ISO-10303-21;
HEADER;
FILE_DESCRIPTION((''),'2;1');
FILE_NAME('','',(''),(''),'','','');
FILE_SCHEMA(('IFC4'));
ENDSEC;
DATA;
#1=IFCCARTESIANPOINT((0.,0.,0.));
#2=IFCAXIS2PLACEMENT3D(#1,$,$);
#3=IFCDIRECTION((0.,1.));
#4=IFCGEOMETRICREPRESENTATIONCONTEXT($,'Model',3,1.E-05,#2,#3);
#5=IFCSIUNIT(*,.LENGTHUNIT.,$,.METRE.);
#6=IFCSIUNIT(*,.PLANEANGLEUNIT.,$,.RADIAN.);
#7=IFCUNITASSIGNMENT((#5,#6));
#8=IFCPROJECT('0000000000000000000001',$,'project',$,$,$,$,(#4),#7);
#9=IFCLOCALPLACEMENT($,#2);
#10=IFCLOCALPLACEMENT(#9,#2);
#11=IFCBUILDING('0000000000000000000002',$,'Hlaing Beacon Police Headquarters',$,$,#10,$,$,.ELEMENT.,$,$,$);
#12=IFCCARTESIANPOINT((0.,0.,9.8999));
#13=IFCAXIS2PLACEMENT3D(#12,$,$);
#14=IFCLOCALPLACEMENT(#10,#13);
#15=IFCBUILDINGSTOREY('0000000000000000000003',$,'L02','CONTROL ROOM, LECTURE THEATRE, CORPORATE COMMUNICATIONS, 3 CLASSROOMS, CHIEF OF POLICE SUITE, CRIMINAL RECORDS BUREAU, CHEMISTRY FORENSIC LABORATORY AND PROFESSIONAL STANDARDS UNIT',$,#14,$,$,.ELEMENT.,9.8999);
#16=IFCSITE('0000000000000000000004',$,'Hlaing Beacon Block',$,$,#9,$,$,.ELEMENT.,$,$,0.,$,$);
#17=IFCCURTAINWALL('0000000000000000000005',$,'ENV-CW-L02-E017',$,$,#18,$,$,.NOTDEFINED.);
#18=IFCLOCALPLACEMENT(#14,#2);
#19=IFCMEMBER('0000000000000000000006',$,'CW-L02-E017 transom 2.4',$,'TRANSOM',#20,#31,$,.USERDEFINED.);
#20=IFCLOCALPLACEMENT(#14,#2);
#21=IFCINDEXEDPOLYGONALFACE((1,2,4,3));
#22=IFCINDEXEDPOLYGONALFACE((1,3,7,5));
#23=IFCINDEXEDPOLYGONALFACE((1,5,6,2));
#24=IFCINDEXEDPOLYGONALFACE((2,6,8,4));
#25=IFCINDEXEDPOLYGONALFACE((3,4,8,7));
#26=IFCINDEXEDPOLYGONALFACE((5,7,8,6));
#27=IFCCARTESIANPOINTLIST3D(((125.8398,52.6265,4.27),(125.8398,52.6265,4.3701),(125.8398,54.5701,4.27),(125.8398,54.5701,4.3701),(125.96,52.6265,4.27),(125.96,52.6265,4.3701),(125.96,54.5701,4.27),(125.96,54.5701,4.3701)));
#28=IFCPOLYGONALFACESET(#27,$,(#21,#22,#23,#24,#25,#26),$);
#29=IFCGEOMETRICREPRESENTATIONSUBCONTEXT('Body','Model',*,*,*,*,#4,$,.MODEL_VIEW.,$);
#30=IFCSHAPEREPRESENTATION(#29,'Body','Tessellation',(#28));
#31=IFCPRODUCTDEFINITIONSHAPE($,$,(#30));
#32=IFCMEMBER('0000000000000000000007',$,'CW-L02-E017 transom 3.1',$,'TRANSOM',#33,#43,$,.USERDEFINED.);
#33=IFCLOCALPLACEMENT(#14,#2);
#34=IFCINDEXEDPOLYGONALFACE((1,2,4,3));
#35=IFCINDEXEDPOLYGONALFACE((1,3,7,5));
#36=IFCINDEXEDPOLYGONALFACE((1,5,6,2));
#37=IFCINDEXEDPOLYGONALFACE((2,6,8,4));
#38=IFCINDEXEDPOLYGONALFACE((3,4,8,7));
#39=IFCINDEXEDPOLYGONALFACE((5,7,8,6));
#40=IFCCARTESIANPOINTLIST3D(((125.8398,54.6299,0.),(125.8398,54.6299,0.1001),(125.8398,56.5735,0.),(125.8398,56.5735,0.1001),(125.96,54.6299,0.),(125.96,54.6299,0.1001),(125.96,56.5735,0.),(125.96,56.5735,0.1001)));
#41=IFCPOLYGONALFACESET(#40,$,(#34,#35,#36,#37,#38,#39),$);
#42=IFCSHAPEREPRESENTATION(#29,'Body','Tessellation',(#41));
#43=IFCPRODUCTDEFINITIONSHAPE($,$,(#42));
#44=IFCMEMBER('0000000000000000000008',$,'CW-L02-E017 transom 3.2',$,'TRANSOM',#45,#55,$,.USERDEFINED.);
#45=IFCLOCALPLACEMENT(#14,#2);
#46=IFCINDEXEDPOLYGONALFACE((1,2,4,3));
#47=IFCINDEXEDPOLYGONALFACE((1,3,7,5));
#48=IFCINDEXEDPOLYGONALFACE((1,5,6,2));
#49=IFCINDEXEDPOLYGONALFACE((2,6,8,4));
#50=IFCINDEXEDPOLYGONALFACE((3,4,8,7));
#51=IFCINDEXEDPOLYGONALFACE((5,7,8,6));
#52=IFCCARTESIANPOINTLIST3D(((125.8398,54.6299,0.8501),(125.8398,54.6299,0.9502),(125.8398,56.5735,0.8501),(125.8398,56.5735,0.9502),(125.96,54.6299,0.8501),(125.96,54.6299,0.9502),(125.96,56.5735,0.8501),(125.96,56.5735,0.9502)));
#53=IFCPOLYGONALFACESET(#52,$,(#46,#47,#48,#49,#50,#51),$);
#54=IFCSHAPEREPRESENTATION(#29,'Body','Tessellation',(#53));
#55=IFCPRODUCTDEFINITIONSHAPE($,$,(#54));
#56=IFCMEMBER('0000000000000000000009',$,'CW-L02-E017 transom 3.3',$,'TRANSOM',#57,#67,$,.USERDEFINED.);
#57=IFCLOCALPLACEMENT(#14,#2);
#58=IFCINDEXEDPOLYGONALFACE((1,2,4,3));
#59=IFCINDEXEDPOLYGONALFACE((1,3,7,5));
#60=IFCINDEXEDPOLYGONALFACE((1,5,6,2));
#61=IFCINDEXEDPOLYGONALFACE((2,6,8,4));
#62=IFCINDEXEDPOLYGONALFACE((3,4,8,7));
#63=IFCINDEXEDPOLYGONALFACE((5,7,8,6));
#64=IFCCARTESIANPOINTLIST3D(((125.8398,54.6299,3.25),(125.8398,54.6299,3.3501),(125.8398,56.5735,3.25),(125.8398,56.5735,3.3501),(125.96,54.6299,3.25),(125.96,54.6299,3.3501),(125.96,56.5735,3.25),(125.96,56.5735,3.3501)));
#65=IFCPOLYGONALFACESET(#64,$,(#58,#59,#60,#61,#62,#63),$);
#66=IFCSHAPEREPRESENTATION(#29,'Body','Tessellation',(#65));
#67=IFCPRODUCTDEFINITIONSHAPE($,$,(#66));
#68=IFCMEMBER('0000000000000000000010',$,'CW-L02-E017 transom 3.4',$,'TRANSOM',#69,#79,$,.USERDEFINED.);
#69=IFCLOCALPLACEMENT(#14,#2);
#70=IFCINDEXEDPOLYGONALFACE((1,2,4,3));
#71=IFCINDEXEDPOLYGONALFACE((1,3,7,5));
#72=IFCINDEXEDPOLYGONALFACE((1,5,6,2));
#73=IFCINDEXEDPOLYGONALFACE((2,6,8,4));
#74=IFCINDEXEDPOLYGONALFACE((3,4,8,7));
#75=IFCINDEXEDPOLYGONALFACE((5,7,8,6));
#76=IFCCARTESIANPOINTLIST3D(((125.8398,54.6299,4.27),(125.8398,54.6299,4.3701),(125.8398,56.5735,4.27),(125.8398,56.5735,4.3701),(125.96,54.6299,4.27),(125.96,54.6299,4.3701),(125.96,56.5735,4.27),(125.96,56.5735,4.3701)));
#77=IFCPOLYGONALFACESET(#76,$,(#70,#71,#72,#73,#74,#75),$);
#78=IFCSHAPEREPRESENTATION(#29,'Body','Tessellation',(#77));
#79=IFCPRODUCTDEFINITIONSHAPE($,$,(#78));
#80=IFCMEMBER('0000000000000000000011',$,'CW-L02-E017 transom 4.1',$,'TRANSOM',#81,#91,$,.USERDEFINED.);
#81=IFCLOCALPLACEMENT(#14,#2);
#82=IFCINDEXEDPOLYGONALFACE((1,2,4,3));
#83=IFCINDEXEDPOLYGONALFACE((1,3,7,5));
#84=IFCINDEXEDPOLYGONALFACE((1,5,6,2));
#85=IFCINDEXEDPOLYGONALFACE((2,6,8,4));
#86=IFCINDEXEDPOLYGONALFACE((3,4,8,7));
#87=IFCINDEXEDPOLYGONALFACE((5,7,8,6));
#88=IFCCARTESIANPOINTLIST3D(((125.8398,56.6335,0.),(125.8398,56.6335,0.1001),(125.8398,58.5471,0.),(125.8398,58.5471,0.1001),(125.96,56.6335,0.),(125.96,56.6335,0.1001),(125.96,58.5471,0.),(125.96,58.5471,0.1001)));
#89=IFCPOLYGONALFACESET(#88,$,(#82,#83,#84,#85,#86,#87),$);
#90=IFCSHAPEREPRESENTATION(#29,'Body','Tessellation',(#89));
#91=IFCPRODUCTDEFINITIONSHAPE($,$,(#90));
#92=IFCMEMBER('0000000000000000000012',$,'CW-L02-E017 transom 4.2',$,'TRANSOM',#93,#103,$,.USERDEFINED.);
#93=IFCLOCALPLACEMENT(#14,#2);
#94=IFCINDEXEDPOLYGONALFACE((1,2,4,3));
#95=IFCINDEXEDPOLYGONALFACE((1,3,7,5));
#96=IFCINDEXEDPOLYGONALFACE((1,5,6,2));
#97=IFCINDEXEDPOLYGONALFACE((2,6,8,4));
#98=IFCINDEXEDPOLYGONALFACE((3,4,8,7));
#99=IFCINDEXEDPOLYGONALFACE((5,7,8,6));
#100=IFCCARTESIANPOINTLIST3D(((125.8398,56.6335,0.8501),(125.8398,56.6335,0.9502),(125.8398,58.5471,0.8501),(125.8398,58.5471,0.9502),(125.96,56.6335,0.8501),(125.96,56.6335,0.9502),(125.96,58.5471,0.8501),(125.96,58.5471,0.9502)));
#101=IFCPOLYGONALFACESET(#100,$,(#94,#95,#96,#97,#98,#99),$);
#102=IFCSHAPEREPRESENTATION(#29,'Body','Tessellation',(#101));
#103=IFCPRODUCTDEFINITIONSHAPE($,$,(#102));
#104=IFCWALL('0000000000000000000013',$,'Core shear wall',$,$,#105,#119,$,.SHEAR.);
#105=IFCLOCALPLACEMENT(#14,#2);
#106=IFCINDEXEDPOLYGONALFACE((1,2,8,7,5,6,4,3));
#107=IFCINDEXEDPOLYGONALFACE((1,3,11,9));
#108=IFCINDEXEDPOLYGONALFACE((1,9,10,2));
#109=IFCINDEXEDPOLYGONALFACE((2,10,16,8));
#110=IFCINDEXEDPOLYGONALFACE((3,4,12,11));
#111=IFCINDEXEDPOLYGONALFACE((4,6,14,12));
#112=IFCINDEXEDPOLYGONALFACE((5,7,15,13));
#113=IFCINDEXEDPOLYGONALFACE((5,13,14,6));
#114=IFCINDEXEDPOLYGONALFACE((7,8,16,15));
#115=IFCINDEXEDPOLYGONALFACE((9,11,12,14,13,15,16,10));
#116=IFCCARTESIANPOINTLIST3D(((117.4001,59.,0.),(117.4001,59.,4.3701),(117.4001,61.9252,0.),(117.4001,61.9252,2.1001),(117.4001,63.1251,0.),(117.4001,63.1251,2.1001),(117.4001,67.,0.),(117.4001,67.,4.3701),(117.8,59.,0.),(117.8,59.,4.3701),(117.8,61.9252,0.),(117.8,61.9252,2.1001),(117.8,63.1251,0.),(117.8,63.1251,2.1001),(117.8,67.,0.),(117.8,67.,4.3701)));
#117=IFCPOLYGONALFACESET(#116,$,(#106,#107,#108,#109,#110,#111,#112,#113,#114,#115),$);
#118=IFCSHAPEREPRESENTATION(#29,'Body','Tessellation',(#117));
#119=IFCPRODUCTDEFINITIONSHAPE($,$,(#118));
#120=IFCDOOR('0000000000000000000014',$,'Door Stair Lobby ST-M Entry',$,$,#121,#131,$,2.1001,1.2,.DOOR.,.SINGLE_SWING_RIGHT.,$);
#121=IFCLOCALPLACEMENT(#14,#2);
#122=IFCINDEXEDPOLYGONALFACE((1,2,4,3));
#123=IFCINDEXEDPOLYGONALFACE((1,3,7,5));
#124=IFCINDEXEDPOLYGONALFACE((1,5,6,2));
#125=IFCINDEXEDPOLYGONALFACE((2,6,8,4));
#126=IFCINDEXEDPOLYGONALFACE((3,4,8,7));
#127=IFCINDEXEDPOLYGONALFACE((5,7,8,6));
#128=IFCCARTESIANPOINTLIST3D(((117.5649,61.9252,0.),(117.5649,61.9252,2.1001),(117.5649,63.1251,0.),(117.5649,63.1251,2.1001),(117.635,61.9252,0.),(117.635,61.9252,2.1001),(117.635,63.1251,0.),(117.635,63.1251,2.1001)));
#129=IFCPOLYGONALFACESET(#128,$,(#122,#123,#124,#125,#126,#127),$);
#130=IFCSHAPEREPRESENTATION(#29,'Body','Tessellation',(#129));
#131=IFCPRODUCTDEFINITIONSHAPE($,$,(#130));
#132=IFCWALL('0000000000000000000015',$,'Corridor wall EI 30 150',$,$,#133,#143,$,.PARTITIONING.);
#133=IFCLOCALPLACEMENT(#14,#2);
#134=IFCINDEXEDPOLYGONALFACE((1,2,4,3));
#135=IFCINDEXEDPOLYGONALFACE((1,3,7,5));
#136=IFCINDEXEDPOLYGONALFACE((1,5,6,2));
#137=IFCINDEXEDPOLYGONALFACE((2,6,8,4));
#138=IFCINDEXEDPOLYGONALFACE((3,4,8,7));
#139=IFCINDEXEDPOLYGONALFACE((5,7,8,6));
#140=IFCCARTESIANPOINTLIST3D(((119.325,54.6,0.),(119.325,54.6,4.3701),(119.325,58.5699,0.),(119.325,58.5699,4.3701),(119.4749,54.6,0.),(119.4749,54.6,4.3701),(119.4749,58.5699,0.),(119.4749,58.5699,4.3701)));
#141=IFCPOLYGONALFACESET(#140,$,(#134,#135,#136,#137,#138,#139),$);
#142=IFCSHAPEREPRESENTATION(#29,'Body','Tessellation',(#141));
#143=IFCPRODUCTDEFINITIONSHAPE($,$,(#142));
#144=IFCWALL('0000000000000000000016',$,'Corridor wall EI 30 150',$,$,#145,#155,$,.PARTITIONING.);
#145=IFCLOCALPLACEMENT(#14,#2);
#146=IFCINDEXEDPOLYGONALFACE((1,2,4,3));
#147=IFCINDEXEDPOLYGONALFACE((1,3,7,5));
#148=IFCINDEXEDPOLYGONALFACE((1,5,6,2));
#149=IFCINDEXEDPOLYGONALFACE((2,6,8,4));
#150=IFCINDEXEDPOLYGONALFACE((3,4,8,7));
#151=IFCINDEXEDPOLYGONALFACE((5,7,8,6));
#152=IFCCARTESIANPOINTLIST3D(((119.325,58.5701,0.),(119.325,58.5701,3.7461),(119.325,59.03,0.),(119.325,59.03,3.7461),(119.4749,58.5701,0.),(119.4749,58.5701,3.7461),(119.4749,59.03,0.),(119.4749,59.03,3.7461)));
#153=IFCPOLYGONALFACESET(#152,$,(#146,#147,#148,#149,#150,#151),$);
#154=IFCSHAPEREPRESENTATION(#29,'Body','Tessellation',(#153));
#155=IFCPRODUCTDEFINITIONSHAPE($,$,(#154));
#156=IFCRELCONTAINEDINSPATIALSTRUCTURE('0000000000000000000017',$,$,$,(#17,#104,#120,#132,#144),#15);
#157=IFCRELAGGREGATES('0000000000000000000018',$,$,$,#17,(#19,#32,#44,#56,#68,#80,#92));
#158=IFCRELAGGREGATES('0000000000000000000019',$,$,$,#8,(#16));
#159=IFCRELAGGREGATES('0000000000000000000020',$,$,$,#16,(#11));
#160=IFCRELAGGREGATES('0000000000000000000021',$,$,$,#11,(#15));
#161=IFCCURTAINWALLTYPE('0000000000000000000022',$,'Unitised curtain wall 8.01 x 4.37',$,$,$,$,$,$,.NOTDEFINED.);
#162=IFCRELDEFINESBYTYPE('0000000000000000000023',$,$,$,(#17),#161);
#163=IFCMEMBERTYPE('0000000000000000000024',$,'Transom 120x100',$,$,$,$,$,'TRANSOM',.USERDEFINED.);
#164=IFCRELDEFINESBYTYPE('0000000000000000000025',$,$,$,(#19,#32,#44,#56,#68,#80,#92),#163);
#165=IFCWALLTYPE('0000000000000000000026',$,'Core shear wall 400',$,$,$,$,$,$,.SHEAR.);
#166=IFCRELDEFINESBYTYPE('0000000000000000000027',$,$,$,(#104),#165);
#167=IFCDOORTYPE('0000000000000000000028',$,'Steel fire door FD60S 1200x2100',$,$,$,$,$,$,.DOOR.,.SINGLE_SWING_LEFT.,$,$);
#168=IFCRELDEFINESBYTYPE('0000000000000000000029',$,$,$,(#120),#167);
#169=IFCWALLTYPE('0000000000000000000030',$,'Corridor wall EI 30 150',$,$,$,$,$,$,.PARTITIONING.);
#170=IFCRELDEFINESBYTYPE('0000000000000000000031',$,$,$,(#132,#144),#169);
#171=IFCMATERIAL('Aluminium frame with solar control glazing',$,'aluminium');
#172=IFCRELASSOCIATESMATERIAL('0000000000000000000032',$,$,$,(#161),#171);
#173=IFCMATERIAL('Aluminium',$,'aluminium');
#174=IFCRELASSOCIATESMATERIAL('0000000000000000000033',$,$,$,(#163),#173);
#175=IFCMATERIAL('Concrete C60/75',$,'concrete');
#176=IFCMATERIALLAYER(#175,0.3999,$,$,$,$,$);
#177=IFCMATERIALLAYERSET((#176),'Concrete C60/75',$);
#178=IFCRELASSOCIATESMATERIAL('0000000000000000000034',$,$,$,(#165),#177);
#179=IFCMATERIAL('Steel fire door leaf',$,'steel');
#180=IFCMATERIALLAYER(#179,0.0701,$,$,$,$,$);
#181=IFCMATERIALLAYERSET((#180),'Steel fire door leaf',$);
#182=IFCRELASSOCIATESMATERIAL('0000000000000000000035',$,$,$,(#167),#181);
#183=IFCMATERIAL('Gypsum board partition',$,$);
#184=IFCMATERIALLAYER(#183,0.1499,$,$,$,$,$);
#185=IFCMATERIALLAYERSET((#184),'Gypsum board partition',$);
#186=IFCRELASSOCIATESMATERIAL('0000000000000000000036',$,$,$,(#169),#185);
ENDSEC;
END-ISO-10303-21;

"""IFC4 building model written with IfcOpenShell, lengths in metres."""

from ifc_helpers import new_model, si_unit, direction, frame, frame_2d, origin, origin_2d, place, context, subcontext, project, spatial, rectangle, extrude, material, layer, layer_set, material_profile, profile_set, type_object, element, fill, aggregate, save


model = new_model("IFC4")

# Units and contexts
model_context = context("Model", 3, precision=1e-05, world=origin(), true_north=direction((0.0, 1.0)))
body_context = subcontext(model_context, "Body", "Model", "MODEL_VIEW")
ifc_project = project(units=[si_unit("LENGTHUNIT", "METRE"), si_unit("PLANEANGLEUNIT", "RADIAN")], contexts=[model_context])

# Site, building, storey
site_placement = place(None, origin())
site = spatial("IfcSite", under=ifc_project, at=site_placement, Name="Hlaing Beacon Block", CompositionType="ELEMENT", RefElevation=0.0)
building_placement = place(site_placement, origin())
building = spatial("IfcBuilding", under=site, at=building_placement, Name="Hlaing Beacon Police Headquarters", CompositionType="ELEMENT")
storey_placement = place(building_placement, frame((0.0, 0.0, 9.8999)))
storey = spatial("IfcBuildingStorey", under=building, at=storey_placement, Name="L02", Description="CONTROL ROOM, LECTURE THEATRE, CORPORATE COMMUNICATIONS, 3 CLASSROOMS, CHIEF OF POLICE SUITE, CRIMINAL RECORDS BUREAU, CHEMISTRY FORENSIC LABORATORY AND PROFESSIONAL STANDARDS UNIT", CompositionType="ELEMENT", Elevation=9.8999)

# Curtain wall
ifc_material_1 = material(Name="Aluminium frame with solar control glazing", Category="aluminium")
curtain_wall_type = type_object("IfcCurtainWallType", Name="Unitised curtain wall 8.01 x 4.37", PredefinedType="NOTDEFINED", material=ifc_material_1)
curtain_wall_placement = place(storey_placement, origin())
curtain_wall = element("IfcCurtainWall", 1, at=curtain_wall_placement, inside=storey, type_object=curtain_wall_type, Name="ENV-CW-L02-E017", PredefinedType="NOTDEFINED")

# Members
ifc_material_2 = material(Name="Aluminium", Category="aluminium")
ifc_material_profile_1 = material_profile(ifc_material_2, rectangle(XDim=0.1201, YDim=0.1001, at=origin_2d()), Name="Transom 120x100")
ifc_profile_set_1 = profile_set([ifc_material_profile_1], Name="Aluminium")
member_type_1 = type_object("IfcMemberType", Name="Transom 120x100", ElementType="TRANSOM", PredefinedType="USERDEFINED", material=ifc_profile_set_1)
member_1_placement = place(storey_placement, frame((125.8999, 52.6265, 4.3201), z_axis=(0.0, 1.0, 0.0), x_axis=(-1.0, 0.0, 0.0)))
member_1 = element("IfcMember", 2, at=member_1_placement, type_object=member_type_1, Name="CW-L02-E017 transom 2.4", ObjectType="TRANSOM", PredefinedType="USERDEFINED", context=body_context, shape_type="SweptSolid", body=[
    extrude(rectangle(XDim=0.1201, YDim=0.1001, at=origin_2d()), origin(), (0.0, 0.0, 1.0), 1.9436),
])
member_2_placement = place(storey_placement, frame((125.8999, 54.6299, 0.05), z_axis=(0.0, 1.0, 0.0), x_axis=(-1.0, 0.0, 0.0)))
member_2 = element("IfcMember", 3, at=member_2_placement, type_object=member_type_1, Name="CW-L02-E017 transom 3.1", ObjectType="TRANSOM", PredefinedType="USERDEFINED", context=body_context, shape_type="SweptSolid", body=[
    extrude(rectangle(XDim=0.1201, YDim=0.1001, at=origin_2d()), origin(), (0.0, 0.0, 1.0), 1.9436),
])
member_3_placement = place(storey_placement, frame((125.8999, 54.6299, 0.9001), z_axis=(0.0, 1.0, 0.0), x_axis=(-1.0, 0.0, 0.0)))
member_3 = element("IfcMember", 4, at=member_3_placement, type_object=member_type_1, Name="CW-L02-E017 transom 3.2", ObjectType="TRANSOM", PredefinedType="USERDEFINED", context=body_context, shape_type="SweptSolid", body=[
    extrude(rectangle(XDim=0.1201, YDim=0.1001, at=origin_2d()), origin(), (0.0, 0.0, 1.0), 1.9436),
])
member_4_placement = place(storey_placement, frame((125.8999, 54.6299, 3.3), z_axis=(0.0, 1.0, 0.0), x_axis=(-1.0, 0.0, 0.0)))
member_4 = element("IfcMember", 5, at=member_4_placement, type_object=member_type_1, Name="CW-L02-E017 transom 3.3", ObjectType="TRANSOM", PredefinedType="USERDEFINED", context=body_context, shape_type="SweptSolid", body=[
    extrude(rectangle(XDim=0.1201, YDim=0.1001, at=origin_2d()), origin(), (0.0, 0.0, 1.0), 1.9436),
])
member_5_placement = place(storey_placement, frame((125.8999, 54.6299, 4.3201), z_axis=(0.0, 1.0, 0.0), x_axis=(-1.0, 0.0, 0.0)))
member_5 = element("IfcMember", 6, at=member_5_placement, type_object=member_type_1, Name="CW-L02-E017 transom 3.4", ObjectType="TRANSOM", PredefinedType="USERDEFINED", context=body_context, shape_type="SweptSolid", body=[
    extrude(rectangle(XDim=0.1201, YDim=0.1001, at=origin_2d()), origin(), (0.0, 0.0, 1.0), 1.9436),
])
member_6_placement = place(storey_placement, frame((125.8999, 56.6335, 0.05), z_axis=(0.0, 1.0, 0.0), x_axis=(-1.0, 0.0, 0.0)))
member_6 = element("IfcMember", 7, at=member_6_placement, type_object=member_type_1, Name="CW-L02-E017 transom 4.1", ObjectType="TRANSOM", PredefinedType="USERDEFINED", context=body_context, shape_type="SweptSolid", body=[
    extrude(rectangle(XDim=0.1201, YDim=0.1001, at=origin_2d()), origin(), (0.0, 0.0, 1.0), 1.9136),
])
member_7_placement = place(storey_placement, frame((125.8999, 56.6335, 0.9001), z_axis=(0.0, 1.0, 0.0), x_axis=(-1.0, 0.0, 0.0)))
member_7 = element("IfcMember", 8, at=member_7_placement, type_object=member_type_1, Name="CW-L02-E017 transom 4.2", ObjectType="TRANSOM", PredefinedType="USERDEFINED", context=body_context, shape_type="SweptSolid", body=[
    extrude(rectangle(XDim=0.1201, YDim=0.1001, at=origin_2d()), origin(), (0.0, 0.0, 1.0), 1.9136),
])
aggregate(curtain_wall, [member_1, member_2, member_3, member_4, member_5, member_6, member_7])

# Wall, opening, door
ifc_material_3 = material(Name="Concrete C60/75", Category="concrete")
ifc_layer_1 = layer(ifc_material_3, 0.3999)
ifc_layer_set_1 = layer_set([ifc_layer_1], Name="Concrete C60/75")
wall_type_1 = type_object("IfcWallType", Name="Core shear wall 400", PredefinedType="SHEAR", material=ifc_layer_set_1)
wall_1_placement = place(storey_placement, frame((117.6001, 59.0, 0.0), z_axis=(0.0, 0.0, 1.0), x_axis=(0.0, 1.0, 0.0)))
wall_1 = element("IfcWall", 9, at=wall_1_placement, inside=storey, type_object=wall_type_1, Name="Core shear wall", PredefinedType="SHEAR", context=body_context, shape_type="SweptSolid", body=[
    extrude(rectangle(XDim=8.0, YDim=0.3999, at=frame_2d((4.0, 0.0))), origin(), (0.0, 0.0, 1.0), 4.3701),
])
opening_1_placement = place(wall_1_placement, frame((2.925, 0.0, 0.0)))
opening_1 = element("IfcOpeningElement", 10, at=opening_1_placement, cuts=wall_1, PredefinedType="OPENING", context=body_context, shape_type="SweptSolid", body=[
    extrude(rectangle(XDim=1.2, YDim=2.1001, at=frame_2d((0.6001, 1.05))), frame((0.0, 0.21, 0.0), z_axis=(0.0, -1.0, 0.0), x_axis=(1.0, 0.0, 0.0)), (0.0, 0.0, 1.0), 0.4199),
])
ifc_material_4 = material(Name="Steel fire door leaf", Category="steel")
ifc_layer_2 = layer(ifc_material_4, 0.0701)
ifc_layer_set_2 = layer_set([ifc_layer_2], Name="Steel fire door leaf")
door_type_1 = type_object("IfcDoorType", Name="Steel fire door FD60S 1200x2100", OperationType="SINGLE_SWING_LEFT", PredefinedType="DOOR", material=ifc_layer_set_2)
door_1_placement = place(opening_1_placement, origin())
door_1 = element("IfcDoor", 11, at=door_1_placement, inside=storey, type_object=door_type_1, Name="Door Stair Lobby ST-M Entry", OperationType="SINGLE_SWING_RIGHT", OverallHeight=2.1001, OverallWidth=1.2, PredefinedType="DOOR", context=body_context, shape_type="SweptSolid", body=[
    extrude(rectangle(XDim=1.2, YDim=2.1001, at=frame_2d((0.6001, 1.05))), frame((0.0, 0.0352, 0.0), z_axis=(0.0, -1.0, 0.0), x_axis=(1.0, 0.0, 0.0)), (0.0, 0.0, 1.0), 0.0701),
])
fill(opening_1, door_1)

# Walls
ifc_material_5 = material(Name="Gypsum board partition")
ifc_layer_3 = layer(ifc_material_5, 0.1499)
ifc_layer_set_3 = layer_set([ifc_layer_3], Name="Gypsum board partition")
wall_type_2 = type_object("IfcWallType", Name="Corridor wall EI 30 150", PredefinedType="PARTITIONING", material=ifc_layer_set_3)
wall_2_placement = place(storey_placement, frame((119.3999, 54.6001, 0.0), z_axis=(0.0, 0.0, 1.0), x_axis=(0.0, 1.0, 0.0)))
element("IfcWall", 12, at=wall_2_placement, inside=storey, type_object=wall_type_2, Name="Corridor wall EI 30 150", PredefinedType="PARTITIONING", context=body_context, shape_type="SweptSolid", body=[
    extrude(rectangle(XDim=3.97, YDim=0.1499, at=frame_2d((1.9849, 0.0))), origin(), (0.0, 0.0, 1.0), 4.3701),
])
wall_3_placement = place(storey_placement, frame((119.3999, 58.5701, 0.0), z_axis=(0.0, 0.0, 1.0), x_axis=(0.0, 1.0, 0.0)))
element("IfcWall", 13, at=wall_3_placement, inside=storey, type_object=wall_type_2, Name="Corridor wall EI 30 150", PredefinedType="PARTITIONING", context=body_context, shape_type="SweptSolid", body=[
    extrude(rectangle(XDim=0.46, YDim=0.1499, at=frame_2d((0.23, 0.0))), origin(), (0.0, 0.0, 1.0), 3.7461),
])

save(model, "model.ifc")
